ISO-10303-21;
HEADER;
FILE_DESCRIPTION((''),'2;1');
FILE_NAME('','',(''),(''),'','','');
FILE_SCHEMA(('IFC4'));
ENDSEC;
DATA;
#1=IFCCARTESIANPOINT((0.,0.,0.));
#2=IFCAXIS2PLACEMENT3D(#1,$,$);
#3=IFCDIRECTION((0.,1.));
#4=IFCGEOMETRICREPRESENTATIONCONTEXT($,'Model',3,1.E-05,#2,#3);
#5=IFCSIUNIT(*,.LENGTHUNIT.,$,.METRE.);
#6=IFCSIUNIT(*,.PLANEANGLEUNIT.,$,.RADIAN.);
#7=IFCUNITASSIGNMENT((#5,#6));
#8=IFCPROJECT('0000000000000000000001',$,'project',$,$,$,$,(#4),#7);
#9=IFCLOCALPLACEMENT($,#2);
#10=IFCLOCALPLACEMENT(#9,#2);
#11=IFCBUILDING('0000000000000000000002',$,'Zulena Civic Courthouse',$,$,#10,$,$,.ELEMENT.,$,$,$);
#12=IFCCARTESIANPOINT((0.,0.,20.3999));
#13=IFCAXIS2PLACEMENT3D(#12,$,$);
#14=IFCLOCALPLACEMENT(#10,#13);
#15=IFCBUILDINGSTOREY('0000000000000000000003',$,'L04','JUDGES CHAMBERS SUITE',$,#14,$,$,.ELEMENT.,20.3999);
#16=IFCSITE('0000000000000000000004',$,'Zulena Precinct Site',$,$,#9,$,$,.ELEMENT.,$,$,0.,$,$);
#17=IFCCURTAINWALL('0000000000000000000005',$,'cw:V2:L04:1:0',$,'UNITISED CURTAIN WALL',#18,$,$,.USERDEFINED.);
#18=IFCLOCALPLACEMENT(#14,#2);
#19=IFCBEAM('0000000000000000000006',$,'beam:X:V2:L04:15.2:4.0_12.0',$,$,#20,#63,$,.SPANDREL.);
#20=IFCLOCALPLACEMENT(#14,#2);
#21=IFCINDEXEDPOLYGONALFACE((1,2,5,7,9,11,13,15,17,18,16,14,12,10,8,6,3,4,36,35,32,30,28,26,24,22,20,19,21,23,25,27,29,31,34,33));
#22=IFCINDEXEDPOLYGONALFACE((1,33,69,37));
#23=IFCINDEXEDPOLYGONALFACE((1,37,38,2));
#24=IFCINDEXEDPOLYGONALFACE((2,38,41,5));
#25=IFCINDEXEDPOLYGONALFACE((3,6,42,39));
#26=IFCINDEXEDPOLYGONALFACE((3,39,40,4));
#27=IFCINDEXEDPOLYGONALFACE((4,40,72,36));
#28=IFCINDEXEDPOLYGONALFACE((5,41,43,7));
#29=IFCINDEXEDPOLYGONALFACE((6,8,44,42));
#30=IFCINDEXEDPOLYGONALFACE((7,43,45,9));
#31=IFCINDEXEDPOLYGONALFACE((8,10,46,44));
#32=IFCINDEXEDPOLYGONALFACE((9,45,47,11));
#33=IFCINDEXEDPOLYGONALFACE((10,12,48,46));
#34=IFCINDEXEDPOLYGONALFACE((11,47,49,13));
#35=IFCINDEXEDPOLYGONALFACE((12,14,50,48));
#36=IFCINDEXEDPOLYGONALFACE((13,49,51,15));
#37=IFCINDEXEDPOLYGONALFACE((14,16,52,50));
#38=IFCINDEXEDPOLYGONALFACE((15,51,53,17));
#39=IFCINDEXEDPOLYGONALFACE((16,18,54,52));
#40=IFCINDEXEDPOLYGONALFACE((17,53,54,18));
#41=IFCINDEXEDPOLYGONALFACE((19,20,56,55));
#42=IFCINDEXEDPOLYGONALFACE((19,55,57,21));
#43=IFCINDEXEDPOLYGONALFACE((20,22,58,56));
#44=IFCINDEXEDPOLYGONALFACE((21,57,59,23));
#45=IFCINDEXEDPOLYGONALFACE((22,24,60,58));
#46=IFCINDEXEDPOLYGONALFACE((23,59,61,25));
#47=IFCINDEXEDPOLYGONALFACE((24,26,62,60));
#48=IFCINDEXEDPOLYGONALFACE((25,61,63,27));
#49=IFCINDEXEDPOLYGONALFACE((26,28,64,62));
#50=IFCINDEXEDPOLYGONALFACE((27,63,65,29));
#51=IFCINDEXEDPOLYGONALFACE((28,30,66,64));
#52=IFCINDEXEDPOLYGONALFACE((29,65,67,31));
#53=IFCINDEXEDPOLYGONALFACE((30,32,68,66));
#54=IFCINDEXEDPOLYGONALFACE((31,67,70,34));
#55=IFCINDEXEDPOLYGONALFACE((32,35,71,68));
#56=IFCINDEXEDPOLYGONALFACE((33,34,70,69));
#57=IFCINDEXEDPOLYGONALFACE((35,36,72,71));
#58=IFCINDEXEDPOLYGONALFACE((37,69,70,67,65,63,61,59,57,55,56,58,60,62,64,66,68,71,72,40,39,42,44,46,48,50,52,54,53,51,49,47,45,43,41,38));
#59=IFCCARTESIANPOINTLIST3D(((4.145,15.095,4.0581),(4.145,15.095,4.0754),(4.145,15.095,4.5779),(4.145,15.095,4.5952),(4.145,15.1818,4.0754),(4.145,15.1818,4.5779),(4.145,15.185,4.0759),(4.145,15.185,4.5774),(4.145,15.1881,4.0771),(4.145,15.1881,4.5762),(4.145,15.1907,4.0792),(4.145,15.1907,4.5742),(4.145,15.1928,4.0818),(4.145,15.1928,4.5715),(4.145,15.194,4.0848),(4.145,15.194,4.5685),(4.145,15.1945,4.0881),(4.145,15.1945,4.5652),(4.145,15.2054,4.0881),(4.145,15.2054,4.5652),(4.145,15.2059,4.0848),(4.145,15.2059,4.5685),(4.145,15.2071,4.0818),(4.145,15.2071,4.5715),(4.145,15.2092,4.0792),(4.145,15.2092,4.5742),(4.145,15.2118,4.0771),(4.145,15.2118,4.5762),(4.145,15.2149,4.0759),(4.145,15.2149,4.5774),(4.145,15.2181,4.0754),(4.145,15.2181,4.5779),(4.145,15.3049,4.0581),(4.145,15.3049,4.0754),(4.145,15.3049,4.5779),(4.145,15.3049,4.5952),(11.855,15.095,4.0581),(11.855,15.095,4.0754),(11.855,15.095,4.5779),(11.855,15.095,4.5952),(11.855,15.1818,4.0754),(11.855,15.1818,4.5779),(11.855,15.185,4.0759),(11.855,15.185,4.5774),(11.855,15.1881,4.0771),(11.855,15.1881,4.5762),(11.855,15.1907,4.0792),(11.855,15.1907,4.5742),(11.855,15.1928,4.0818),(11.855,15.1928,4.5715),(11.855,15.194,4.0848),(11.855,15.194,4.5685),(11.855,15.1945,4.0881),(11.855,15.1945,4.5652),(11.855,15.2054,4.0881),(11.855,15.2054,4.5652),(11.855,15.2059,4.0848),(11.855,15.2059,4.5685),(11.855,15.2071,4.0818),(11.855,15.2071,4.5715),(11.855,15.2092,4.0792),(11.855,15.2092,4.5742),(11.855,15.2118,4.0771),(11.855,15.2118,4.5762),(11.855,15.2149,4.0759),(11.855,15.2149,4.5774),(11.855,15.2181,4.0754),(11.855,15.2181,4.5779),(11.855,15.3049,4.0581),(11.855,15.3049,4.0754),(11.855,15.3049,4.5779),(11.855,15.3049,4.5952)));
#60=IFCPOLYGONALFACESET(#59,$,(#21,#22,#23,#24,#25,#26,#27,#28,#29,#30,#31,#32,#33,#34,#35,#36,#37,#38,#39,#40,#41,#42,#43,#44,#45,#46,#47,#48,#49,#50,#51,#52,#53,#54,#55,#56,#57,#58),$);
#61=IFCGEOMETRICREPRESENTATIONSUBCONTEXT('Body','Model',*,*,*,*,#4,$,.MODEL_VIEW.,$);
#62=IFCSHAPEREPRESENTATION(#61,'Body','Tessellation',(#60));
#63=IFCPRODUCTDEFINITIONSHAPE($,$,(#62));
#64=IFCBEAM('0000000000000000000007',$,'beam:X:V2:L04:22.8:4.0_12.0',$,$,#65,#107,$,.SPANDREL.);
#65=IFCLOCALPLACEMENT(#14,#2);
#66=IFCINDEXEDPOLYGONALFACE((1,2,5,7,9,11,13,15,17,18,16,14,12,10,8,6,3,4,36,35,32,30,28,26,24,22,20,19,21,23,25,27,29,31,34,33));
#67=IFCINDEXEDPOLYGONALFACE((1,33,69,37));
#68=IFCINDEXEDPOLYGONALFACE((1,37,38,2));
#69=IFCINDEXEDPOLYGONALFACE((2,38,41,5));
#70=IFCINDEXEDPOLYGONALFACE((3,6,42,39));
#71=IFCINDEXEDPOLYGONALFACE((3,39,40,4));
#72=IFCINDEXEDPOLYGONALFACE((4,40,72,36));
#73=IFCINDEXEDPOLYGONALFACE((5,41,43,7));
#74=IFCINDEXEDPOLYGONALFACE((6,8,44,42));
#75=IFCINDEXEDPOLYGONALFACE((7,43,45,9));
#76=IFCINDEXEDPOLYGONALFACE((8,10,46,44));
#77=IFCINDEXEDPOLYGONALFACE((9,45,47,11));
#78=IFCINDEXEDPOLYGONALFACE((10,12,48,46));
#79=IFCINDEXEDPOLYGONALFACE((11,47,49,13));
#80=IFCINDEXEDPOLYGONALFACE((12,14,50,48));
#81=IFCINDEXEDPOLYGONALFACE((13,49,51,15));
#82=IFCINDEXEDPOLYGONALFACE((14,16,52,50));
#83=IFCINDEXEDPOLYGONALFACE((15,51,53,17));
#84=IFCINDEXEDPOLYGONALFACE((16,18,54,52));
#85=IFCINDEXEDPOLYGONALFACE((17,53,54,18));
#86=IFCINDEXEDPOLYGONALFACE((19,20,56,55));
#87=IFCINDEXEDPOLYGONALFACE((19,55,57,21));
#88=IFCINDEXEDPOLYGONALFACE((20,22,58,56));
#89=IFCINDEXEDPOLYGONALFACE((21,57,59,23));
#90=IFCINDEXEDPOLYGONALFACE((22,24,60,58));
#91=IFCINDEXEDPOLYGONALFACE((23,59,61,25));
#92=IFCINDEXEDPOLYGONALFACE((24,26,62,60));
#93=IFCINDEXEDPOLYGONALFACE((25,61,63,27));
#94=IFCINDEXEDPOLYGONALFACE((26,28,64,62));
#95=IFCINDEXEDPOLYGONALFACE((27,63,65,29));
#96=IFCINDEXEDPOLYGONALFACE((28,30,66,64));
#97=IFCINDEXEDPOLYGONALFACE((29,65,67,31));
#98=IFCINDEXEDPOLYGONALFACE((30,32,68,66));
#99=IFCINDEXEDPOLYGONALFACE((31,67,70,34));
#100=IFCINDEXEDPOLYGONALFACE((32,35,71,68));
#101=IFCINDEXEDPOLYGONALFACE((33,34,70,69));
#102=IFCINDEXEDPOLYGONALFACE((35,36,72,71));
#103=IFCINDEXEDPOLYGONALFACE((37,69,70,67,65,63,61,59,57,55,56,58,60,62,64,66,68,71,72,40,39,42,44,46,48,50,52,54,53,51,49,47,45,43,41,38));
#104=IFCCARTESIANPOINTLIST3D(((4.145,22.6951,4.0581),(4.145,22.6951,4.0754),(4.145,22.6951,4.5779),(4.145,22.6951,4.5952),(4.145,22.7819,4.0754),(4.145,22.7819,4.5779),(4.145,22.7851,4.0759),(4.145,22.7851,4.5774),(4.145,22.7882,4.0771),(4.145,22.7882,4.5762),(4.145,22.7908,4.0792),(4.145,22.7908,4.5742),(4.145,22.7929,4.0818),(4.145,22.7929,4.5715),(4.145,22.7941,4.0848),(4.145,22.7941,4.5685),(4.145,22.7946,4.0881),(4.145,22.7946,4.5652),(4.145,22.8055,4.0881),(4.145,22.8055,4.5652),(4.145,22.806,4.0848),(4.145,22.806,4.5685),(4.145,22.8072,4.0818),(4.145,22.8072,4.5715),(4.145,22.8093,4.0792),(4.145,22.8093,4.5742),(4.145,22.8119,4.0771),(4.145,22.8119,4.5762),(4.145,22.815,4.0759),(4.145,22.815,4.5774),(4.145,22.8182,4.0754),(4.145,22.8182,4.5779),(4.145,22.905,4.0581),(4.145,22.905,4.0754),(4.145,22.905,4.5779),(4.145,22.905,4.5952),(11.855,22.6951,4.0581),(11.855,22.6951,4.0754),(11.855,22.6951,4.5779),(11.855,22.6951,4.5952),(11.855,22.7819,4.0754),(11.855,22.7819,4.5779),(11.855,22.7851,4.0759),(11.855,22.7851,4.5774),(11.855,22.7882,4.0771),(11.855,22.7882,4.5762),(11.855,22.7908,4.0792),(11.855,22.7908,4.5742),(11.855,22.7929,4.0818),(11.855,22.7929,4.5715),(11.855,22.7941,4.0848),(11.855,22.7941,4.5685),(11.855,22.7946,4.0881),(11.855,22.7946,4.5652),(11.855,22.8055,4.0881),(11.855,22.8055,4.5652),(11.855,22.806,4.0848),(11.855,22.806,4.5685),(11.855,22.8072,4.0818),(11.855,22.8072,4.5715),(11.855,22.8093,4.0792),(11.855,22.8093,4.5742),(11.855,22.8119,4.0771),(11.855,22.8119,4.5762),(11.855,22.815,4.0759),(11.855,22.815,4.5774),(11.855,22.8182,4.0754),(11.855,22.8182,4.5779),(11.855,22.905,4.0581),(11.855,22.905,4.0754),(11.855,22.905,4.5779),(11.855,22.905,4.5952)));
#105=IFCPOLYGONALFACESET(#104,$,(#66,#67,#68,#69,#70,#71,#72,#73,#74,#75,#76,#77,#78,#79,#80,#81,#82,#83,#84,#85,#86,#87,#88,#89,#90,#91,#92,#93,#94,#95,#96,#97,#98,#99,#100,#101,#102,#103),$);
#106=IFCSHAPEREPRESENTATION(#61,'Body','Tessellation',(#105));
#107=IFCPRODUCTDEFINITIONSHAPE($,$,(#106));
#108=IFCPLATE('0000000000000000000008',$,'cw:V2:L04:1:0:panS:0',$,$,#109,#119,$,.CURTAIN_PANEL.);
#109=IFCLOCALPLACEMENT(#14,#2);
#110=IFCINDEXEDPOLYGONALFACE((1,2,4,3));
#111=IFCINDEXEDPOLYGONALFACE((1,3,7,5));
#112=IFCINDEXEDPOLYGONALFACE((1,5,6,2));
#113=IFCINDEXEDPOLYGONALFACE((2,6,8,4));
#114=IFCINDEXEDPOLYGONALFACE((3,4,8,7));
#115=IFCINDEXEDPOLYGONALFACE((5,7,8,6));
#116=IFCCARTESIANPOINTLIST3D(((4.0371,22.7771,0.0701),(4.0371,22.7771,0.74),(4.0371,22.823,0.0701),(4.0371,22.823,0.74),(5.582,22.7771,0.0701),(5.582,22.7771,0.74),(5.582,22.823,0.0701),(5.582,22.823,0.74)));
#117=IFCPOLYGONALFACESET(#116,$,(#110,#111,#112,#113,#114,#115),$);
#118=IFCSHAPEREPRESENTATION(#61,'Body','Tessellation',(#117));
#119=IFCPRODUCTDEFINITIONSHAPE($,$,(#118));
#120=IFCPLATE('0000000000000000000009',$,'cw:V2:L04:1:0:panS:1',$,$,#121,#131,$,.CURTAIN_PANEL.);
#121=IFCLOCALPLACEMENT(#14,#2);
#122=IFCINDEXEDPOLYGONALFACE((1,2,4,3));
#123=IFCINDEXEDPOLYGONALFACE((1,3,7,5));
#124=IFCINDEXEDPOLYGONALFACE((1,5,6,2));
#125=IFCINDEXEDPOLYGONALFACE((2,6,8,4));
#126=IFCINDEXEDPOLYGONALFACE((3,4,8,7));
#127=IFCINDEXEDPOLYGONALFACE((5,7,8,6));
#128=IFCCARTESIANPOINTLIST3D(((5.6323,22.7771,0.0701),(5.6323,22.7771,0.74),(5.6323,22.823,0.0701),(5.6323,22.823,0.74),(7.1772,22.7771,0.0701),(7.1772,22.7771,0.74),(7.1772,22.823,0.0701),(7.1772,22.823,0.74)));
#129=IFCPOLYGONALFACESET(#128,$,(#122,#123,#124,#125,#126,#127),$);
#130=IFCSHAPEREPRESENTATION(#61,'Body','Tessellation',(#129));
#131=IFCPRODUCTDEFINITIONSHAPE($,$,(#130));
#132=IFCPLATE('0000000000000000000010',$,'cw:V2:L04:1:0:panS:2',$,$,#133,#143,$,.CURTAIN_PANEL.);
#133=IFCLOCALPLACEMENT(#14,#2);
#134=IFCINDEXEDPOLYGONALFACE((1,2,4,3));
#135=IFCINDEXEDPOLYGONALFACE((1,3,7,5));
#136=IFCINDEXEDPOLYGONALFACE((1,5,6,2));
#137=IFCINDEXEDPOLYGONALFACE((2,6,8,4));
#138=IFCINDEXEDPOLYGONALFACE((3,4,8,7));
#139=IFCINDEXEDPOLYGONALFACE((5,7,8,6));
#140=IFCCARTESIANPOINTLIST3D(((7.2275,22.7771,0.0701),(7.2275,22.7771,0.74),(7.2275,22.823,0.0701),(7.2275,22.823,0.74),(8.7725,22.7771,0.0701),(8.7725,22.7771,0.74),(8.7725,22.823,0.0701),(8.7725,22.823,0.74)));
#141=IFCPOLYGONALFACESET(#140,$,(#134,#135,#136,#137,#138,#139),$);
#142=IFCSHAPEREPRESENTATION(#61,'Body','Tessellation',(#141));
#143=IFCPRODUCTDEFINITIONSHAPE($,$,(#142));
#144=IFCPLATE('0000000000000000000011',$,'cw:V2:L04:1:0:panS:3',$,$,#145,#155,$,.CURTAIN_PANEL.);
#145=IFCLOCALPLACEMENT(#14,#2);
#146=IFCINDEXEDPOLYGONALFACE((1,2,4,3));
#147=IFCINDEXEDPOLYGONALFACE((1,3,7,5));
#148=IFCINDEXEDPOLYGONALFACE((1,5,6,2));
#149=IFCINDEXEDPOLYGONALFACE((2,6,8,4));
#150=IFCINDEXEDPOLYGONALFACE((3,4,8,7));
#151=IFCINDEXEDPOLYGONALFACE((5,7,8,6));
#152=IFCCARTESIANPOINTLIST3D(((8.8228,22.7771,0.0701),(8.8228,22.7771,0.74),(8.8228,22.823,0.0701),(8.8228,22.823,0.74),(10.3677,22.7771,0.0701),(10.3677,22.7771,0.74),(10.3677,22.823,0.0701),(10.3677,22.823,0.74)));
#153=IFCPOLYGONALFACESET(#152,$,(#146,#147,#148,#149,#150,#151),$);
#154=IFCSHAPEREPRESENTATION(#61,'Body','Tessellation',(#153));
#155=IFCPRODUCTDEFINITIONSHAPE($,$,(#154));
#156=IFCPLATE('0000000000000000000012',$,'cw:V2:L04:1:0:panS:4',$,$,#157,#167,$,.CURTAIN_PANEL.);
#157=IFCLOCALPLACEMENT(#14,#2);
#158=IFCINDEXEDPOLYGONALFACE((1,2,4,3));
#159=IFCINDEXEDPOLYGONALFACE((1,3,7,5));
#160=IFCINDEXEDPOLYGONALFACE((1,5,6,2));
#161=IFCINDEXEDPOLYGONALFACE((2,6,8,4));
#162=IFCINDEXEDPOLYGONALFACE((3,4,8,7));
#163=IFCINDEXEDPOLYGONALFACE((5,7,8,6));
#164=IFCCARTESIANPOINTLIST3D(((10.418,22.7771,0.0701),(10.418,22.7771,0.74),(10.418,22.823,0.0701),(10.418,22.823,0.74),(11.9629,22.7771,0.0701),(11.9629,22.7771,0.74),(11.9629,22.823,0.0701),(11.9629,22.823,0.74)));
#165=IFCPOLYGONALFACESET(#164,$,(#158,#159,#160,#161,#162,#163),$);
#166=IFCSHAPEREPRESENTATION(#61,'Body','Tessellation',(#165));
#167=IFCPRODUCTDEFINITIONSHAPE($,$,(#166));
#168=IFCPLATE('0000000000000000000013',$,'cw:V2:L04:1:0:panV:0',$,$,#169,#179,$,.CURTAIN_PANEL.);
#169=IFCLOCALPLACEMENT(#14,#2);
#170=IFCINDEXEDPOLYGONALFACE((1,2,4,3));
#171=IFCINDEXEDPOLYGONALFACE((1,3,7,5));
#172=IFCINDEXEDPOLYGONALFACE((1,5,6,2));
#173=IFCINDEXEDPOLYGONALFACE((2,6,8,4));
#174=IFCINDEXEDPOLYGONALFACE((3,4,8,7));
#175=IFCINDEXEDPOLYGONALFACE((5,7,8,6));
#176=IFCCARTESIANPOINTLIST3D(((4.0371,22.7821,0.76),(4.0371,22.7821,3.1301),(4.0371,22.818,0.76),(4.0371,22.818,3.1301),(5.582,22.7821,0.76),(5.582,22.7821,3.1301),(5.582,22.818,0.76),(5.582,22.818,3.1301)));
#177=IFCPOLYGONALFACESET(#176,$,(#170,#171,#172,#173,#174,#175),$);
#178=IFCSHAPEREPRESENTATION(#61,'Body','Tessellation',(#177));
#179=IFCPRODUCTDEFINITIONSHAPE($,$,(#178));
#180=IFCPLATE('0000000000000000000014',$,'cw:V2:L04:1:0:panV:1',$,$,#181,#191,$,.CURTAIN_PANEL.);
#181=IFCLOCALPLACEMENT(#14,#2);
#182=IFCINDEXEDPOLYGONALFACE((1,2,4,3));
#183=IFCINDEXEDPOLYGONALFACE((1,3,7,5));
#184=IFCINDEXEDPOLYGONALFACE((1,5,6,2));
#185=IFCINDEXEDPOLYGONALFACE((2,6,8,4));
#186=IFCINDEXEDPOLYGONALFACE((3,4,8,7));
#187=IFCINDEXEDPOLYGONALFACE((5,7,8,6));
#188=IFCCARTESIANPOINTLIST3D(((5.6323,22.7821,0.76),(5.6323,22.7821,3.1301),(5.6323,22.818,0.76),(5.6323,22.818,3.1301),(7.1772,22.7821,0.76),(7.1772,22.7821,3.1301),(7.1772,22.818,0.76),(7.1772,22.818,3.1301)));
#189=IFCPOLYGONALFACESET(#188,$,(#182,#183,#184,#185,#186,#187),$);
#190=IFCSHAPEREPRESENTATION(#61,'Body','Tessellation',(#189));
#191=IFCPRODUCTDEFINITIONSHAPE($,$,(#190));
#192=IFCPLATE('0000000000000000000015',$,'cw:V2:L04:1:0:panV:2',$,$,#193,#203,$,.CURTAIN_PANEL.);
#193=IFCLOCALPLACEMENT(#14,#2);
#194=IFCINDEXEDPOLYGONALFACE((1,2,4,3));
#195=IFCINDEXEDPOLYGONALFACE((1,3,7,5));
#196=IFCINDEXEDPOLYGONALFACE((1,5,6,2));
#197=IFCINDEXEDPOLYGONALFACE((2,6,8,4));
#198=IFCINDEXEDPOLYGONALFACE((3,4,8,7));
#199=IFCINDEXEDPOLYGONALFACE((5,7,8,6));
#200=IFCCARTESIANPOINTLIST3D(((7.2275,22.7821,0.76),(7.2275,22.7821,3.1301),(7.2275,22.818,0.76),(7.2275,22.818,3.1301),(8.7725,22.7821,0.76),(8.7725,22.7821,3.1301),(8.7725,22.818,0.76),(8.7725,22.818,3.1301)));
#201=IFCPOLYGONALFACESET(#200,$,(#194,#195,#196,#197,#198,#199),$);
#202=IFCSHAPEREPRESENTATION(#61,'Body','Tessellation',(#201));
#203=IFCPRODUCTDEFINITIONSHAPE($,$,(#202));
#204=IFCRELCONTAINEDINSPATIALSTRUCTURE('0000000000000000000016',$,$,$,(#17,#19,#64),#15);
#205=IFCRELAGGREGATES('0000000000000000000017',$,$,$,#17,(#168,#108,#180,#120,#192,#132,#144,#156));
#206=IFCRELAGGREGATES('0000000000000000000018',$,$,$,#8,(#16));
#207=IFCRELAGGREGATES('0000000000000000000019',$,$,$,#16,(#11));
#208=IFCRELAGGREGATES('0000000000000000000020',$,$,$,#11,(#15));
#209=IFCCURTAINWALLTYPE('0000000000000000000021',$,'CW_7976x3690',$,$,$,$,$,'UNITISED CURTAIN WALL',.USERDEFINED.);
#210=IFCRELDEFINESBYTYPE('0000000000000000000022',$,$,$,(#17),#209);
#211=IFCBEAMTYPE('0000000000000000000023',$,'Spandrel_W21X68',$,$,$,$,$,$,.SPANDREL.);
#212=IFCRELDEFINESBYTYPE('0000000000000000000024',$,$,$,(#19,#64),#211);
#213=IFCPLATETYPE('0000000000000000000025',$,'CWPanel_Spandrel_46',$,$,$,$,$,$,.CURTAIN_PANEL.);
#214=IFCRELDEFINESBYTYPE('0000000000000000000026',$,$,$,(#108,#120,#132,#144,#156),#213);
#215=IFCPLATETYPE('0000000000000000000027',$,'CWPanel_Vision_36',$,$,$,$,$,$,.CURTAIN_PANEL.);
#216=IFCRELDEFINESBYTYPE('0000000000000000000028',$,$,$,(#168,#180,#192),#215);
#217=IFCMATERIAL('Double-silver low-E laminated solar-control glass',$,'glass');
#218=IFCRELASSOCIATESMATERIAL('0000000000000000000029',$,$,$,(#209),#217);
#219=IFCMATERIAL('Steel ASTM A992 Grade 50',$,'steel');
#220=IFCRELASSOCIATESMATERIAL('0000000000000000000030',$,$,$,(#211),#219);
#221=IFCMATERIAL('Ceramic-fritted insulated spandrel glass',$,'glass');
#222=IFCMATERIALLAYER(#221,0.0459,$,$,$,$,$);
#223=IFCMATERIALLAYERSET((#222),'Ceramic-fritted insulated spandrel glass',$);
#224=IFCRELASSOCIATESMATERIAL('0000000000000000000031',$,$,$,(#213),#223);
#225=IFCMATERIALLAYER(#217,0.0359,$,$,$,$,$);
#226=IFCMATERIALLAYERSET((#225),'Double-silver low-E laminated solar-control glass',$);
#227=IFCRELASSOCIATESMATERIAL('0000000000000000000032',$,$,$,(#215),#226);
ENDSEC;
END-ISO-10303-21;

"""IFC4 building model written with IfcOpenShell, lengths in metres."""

from ifc_helpers import new_model, si_unit, direction, frame, origin, origin_2d, place, context, subcontext, project, spatial, rectangle, i_section, extrude, material, layer, layer_set, material_profile, profile_set, type_object, element, aggregate, save


model = new_model("IFC4")

# Units and contexts
model_context = context("Model", 3, precision=1e-05, world=origin(), true_north=direction((0.0, 1.0)))
body_context = subcontext(model_context, "Body", "Model", "MODEL_VIEW")
ifc_project = project(units=[si_unit("LENGTHUNIT", "METRE"), si_unit("PLANEANGLEUNIT", "RADIAN")], contexts=[model_context])

# Site, building, storey
site_placement = place(None, origin())
site = spatial("IfcSite", under=ifc_project, at=site_placement, Name="Zulena Precinct Site", CompositionType="ELEMENT", RefElevation=0.0)
building_placement = place(site_placement, origin())
building = spatial("IfcBuilding", under=site, at=building_placement, Name="Zulena Civic Courthouse", CompositionType="ELEMENT")
storey_placement = place(building_placement, frame((0.0, 0.0, 20.3999)))
storey = spatial("IfcBuildingStorey", under=building, at=storey_placement, Name="L04", Description="JUDGES CHAMBERS SUITE", CompositionType="ELEMENT", Elevation=20.3999)

# Shared definitions
ifc_material_1 = material(Name="Steel ASTM A992 Grade 50", Category="steel")

# Curtain wall
ifc_material_2 = material(Name="Double-silver low-E laminated solar-control glass", Category="glass")
curtain_wall_type = type_object("IfcCurtainWallType", Name="CW_7976x3690", ElementType="UNITISED CURTAIN WALL", PredefinedType="USERDEFINED", material=ifc_material_2)
curtain_wall_placement = place(storey_placement, origin())
curtain_wall = element("IfcCurtainWall", 1, at=curtain_wall_placement, inside=storey, type_object=curtain_wall_type, Name="cw:V2:L04:1:0", ObjectType="UNITISED CURTAIN WALL", PredefinedType="USERDEFINED")

# Beams
ifc_material_profile_1 = material_profile(ifc_material_1, i_section(OverallWidth=0.21, OverallDepth=0.5371, WebThickness=0.011, FlangeThickness=0.0173, FilletRadius=0.0127, at=origin_2d()), Name="W21X68")
ifc_profile_set_1 = profile_set([ifc_material_profile_1], Name="Steel ASTM A992 Grade 50")
beam_type_1 = type_object("IfcBeamType", Name="Spandrel_W21X68", PredefinedType="SPANDREL", material=ifc_profile_set_1)
for number, where, z_axis, x_axis, name in (
    (2, (4.145, 15.2, 4.3267), (1.0, 0.0, 0.0), (0.0, 1.0, 0.0), "beam:X:V2:L04:15.2:4.0_12.0"),
    (3, (4.145, 22.8, 4.3267), (1.0, 0.0, 0.0), (0.0, 1.0, 0.0), "beam:X:V2:L04:22.8:4.0_12.0"),
):
    element("IfcBeam", number, at=place(storey_placement, frame(where, z_axis=z_axis, x_axis=x_axis)), inside=storey, type_object=beam_type_1, Name=name, PredefinedType="SPANDREL", context=body_context, shape_type="SweptSolid", body=[
        extrude(i_section(OverallWidth=0.21, OverallDepth=0.5371, WebThickness=0.011, FlangeThickness=0.0173, FilletRadius=0.0127, at=origin_2d()), origin(), (0.0, 0.0, 1.0), 7.71),
    ])

# Plates
ifc_material_3 = material(Name="Ceramic-fritted insulated spandrel glass", Category="glass")
ifc_layer_1 = layer(ifc_material_3, 0.0459)
ifc_layer_set_1 = layer_set([ifc_layer_1], Name="Ceramic-fritted insulated spandrel glass")
plate_type_1 = type_object("IfcPlateType", Name="CWPanel_Spandrel_46", PredefinedType="CURTAIN_PANEL", material=ifc_layer_set_1)
plate_1_placement = place(storey_placement, frame((4.8096, 22.8, 0.0701), z_axis=(0.0, 0.0, 1.0), x_axis=(1.0, 0.0, 0.0)))
plate_1 = element("IfcPlate", 4, at=plate_1_placement, type_object=plate_type_1, Name="cw:V2:L04:1:0:panS:0", PredefinedType="CURTAIN_PANEL", context=body_context, shape_type="SweptSolid", body=[
    extrude(rectangle(XDim=1.5449, YDim=0.0459, at=origin_2d()), origin(), (0.0, 0.0, 1.0), 0.6699),
])
plate_2_placement = place(storey_placement, frame((6.4048, 22.8, 0.0701), z_axis=(0.0, 0.0, 1.0), x_axis=(1.0, 0.0, 0.0)))
plate_2 = element("IfcPlate", 5, at=plate_2_placement, type_object=plate_type_1, Name="cw:V2:L04:1:0:panS:1", PredefinedType="CURTAIN_PANEL", context=body_context, shape_type="SweptSolid", body=[
    extrude(rectangle(XDim=1.5449, YDim=0.0459, at=origin_2d()), origin(), (0.0, 0.0, 1.0), 0.6699),
])
plate_3_placement = place(storey_placement, frame((8.0, 22.8, 0.0701), z_axis=(0.0, 0.0, 1.0), x_axis=(1.0, 0.0, 0.0)))
plate_3 = element("IfcPlate", 6, at=plate_3_placement, type_object=plate_type_1, Name="cw:V2:L04:1:0:panS:2", PredefinedType="CURTAIN_PANEL", context=body_context, shape_type="SweptSolid", body=[
    extrude(rectangle(XDim=1.5449, YDim=0.0459, at=origin_2d()), origin(), (0.0, 0.0, 1.0), 0.6699),
])
plate_4_placement = place(storey_placement, frame((9.5952, 22.8, 0.0701), z_axis=(0.0, 0.0, 1.0), x_axis=(1.0, 0.0, 0.0)))
plate_4 = element("IfcPlate", 7, at=plate_4_placement, type_object=plate_type_1, Name="cw:V2:L04:1:0:panS:3", PredefinedType="CURTAIN_PANEL", context=body_context, shape_type="SweptSolid", body=[
    extrude(rectangle(XDim=1.5449, YDim=0.0459, at=origin_2d()), origin(), (0.0, 0.0, 1.0), 0.6699),
])
plate_5_placement = place(storey_placement, frame((11.1904, 22.8, 0.0701), z_axis=(0.0, 0.0, 1.0), x_axis=(1.0, 0.0, 0.0)))
plate_5 = element("IfcPlate", 8, at=plate_5_placement, type_object=plate_type_1, Name="cw:V2:L04:1:0:panS:4", PredefinedType="CURTAIN_PANEL", context=body_context, shape_type="SweptSolid", body=[
    extrude(rectangle(XDim=1.5449, YDim=0.0459, at=origin_2d()), origin(), (0.0, 0.0, 1.0), 0.6699),
])
ifc_layer_2 = layer(ifc_material_2, 0.0359)
ifc_layer_set_2 = layer_set([ifc_layer_2], Name="Double-silver low-E laminated solar-control glass")
plate_type_2 = type_object("IfcPlateType", Name="CWPanel_Vision_36", PredefinedType="CURTAIN_PANEL", material=ifc_layer_set_2)
plate_6_placement = place(storey_placement, frame((4.8096, 22.8, 0.76), z_axis=(0.0, 0.0, 1.0), x_axis=(1.0, 0.0, 0.0)))
plate_6 = element("IfcPlate", 9, at=plate_6_placement, type_object=plate_type_2, Name="cw:V2:L04:1:0:panV:0", PredefinedType="CURTAIN_PANEL", context=body_context, shape_type="SweptSolid", body=[
    extrude(rectangle(XDim=1.5449, YDim=0.0359, at=origin_2d()), origin(), (0.0, 0.0, 1.0), 2.3701),
])
plate_7_placement = place(storey_placement, frame((6.4048, 22.8, 0.76), z_axis=(0.0, 0.0, 1.0), x_axis=(1.0, 0.0, 0.0)))
plate_7 = element("IfcPlate", 10, at=plate_7_placement, type_object=plate_type_2, Name="cw:V2:L04:1:0:panV:1", PredefinedType="CURTAIN_PANEL", context=body_context, shape_type="SweptSolid", body=[
    extrude(rectangle(XDim=1.5449, YDim=0.0359, at=origin_2d()), origin(), (0.0, 0.0, 1.0), 2.3701),
])
plate_8_placement = place(storey_placement, frame((8.0, 22.8, 0.76), z_axis=(0.0, 0.0, 1.0), x_axis=(1.0, 0.0, 0.0)))
plate_8 = element("IfcPlate", 11, at=plate_8_placement, type_object=plate_type_2, Name="cw:V2:L04:1:0:panV:2", PredefinedType="CURTAIN_PANEL", context=body_context, shape_type="SweptSolid", body=[
    extrude(rectangle(XDim=1.5449, YDim=0.0359, at=origin_2d()), origin(), (0.0, 0.0, 1.0), 2.3701),
])
aggregate(curtain_wall, [plate_6, plate_1, plate_7, plate_2, plate_8, plate_3, plate_4, plate_5])

save(model, "model.ifc")
